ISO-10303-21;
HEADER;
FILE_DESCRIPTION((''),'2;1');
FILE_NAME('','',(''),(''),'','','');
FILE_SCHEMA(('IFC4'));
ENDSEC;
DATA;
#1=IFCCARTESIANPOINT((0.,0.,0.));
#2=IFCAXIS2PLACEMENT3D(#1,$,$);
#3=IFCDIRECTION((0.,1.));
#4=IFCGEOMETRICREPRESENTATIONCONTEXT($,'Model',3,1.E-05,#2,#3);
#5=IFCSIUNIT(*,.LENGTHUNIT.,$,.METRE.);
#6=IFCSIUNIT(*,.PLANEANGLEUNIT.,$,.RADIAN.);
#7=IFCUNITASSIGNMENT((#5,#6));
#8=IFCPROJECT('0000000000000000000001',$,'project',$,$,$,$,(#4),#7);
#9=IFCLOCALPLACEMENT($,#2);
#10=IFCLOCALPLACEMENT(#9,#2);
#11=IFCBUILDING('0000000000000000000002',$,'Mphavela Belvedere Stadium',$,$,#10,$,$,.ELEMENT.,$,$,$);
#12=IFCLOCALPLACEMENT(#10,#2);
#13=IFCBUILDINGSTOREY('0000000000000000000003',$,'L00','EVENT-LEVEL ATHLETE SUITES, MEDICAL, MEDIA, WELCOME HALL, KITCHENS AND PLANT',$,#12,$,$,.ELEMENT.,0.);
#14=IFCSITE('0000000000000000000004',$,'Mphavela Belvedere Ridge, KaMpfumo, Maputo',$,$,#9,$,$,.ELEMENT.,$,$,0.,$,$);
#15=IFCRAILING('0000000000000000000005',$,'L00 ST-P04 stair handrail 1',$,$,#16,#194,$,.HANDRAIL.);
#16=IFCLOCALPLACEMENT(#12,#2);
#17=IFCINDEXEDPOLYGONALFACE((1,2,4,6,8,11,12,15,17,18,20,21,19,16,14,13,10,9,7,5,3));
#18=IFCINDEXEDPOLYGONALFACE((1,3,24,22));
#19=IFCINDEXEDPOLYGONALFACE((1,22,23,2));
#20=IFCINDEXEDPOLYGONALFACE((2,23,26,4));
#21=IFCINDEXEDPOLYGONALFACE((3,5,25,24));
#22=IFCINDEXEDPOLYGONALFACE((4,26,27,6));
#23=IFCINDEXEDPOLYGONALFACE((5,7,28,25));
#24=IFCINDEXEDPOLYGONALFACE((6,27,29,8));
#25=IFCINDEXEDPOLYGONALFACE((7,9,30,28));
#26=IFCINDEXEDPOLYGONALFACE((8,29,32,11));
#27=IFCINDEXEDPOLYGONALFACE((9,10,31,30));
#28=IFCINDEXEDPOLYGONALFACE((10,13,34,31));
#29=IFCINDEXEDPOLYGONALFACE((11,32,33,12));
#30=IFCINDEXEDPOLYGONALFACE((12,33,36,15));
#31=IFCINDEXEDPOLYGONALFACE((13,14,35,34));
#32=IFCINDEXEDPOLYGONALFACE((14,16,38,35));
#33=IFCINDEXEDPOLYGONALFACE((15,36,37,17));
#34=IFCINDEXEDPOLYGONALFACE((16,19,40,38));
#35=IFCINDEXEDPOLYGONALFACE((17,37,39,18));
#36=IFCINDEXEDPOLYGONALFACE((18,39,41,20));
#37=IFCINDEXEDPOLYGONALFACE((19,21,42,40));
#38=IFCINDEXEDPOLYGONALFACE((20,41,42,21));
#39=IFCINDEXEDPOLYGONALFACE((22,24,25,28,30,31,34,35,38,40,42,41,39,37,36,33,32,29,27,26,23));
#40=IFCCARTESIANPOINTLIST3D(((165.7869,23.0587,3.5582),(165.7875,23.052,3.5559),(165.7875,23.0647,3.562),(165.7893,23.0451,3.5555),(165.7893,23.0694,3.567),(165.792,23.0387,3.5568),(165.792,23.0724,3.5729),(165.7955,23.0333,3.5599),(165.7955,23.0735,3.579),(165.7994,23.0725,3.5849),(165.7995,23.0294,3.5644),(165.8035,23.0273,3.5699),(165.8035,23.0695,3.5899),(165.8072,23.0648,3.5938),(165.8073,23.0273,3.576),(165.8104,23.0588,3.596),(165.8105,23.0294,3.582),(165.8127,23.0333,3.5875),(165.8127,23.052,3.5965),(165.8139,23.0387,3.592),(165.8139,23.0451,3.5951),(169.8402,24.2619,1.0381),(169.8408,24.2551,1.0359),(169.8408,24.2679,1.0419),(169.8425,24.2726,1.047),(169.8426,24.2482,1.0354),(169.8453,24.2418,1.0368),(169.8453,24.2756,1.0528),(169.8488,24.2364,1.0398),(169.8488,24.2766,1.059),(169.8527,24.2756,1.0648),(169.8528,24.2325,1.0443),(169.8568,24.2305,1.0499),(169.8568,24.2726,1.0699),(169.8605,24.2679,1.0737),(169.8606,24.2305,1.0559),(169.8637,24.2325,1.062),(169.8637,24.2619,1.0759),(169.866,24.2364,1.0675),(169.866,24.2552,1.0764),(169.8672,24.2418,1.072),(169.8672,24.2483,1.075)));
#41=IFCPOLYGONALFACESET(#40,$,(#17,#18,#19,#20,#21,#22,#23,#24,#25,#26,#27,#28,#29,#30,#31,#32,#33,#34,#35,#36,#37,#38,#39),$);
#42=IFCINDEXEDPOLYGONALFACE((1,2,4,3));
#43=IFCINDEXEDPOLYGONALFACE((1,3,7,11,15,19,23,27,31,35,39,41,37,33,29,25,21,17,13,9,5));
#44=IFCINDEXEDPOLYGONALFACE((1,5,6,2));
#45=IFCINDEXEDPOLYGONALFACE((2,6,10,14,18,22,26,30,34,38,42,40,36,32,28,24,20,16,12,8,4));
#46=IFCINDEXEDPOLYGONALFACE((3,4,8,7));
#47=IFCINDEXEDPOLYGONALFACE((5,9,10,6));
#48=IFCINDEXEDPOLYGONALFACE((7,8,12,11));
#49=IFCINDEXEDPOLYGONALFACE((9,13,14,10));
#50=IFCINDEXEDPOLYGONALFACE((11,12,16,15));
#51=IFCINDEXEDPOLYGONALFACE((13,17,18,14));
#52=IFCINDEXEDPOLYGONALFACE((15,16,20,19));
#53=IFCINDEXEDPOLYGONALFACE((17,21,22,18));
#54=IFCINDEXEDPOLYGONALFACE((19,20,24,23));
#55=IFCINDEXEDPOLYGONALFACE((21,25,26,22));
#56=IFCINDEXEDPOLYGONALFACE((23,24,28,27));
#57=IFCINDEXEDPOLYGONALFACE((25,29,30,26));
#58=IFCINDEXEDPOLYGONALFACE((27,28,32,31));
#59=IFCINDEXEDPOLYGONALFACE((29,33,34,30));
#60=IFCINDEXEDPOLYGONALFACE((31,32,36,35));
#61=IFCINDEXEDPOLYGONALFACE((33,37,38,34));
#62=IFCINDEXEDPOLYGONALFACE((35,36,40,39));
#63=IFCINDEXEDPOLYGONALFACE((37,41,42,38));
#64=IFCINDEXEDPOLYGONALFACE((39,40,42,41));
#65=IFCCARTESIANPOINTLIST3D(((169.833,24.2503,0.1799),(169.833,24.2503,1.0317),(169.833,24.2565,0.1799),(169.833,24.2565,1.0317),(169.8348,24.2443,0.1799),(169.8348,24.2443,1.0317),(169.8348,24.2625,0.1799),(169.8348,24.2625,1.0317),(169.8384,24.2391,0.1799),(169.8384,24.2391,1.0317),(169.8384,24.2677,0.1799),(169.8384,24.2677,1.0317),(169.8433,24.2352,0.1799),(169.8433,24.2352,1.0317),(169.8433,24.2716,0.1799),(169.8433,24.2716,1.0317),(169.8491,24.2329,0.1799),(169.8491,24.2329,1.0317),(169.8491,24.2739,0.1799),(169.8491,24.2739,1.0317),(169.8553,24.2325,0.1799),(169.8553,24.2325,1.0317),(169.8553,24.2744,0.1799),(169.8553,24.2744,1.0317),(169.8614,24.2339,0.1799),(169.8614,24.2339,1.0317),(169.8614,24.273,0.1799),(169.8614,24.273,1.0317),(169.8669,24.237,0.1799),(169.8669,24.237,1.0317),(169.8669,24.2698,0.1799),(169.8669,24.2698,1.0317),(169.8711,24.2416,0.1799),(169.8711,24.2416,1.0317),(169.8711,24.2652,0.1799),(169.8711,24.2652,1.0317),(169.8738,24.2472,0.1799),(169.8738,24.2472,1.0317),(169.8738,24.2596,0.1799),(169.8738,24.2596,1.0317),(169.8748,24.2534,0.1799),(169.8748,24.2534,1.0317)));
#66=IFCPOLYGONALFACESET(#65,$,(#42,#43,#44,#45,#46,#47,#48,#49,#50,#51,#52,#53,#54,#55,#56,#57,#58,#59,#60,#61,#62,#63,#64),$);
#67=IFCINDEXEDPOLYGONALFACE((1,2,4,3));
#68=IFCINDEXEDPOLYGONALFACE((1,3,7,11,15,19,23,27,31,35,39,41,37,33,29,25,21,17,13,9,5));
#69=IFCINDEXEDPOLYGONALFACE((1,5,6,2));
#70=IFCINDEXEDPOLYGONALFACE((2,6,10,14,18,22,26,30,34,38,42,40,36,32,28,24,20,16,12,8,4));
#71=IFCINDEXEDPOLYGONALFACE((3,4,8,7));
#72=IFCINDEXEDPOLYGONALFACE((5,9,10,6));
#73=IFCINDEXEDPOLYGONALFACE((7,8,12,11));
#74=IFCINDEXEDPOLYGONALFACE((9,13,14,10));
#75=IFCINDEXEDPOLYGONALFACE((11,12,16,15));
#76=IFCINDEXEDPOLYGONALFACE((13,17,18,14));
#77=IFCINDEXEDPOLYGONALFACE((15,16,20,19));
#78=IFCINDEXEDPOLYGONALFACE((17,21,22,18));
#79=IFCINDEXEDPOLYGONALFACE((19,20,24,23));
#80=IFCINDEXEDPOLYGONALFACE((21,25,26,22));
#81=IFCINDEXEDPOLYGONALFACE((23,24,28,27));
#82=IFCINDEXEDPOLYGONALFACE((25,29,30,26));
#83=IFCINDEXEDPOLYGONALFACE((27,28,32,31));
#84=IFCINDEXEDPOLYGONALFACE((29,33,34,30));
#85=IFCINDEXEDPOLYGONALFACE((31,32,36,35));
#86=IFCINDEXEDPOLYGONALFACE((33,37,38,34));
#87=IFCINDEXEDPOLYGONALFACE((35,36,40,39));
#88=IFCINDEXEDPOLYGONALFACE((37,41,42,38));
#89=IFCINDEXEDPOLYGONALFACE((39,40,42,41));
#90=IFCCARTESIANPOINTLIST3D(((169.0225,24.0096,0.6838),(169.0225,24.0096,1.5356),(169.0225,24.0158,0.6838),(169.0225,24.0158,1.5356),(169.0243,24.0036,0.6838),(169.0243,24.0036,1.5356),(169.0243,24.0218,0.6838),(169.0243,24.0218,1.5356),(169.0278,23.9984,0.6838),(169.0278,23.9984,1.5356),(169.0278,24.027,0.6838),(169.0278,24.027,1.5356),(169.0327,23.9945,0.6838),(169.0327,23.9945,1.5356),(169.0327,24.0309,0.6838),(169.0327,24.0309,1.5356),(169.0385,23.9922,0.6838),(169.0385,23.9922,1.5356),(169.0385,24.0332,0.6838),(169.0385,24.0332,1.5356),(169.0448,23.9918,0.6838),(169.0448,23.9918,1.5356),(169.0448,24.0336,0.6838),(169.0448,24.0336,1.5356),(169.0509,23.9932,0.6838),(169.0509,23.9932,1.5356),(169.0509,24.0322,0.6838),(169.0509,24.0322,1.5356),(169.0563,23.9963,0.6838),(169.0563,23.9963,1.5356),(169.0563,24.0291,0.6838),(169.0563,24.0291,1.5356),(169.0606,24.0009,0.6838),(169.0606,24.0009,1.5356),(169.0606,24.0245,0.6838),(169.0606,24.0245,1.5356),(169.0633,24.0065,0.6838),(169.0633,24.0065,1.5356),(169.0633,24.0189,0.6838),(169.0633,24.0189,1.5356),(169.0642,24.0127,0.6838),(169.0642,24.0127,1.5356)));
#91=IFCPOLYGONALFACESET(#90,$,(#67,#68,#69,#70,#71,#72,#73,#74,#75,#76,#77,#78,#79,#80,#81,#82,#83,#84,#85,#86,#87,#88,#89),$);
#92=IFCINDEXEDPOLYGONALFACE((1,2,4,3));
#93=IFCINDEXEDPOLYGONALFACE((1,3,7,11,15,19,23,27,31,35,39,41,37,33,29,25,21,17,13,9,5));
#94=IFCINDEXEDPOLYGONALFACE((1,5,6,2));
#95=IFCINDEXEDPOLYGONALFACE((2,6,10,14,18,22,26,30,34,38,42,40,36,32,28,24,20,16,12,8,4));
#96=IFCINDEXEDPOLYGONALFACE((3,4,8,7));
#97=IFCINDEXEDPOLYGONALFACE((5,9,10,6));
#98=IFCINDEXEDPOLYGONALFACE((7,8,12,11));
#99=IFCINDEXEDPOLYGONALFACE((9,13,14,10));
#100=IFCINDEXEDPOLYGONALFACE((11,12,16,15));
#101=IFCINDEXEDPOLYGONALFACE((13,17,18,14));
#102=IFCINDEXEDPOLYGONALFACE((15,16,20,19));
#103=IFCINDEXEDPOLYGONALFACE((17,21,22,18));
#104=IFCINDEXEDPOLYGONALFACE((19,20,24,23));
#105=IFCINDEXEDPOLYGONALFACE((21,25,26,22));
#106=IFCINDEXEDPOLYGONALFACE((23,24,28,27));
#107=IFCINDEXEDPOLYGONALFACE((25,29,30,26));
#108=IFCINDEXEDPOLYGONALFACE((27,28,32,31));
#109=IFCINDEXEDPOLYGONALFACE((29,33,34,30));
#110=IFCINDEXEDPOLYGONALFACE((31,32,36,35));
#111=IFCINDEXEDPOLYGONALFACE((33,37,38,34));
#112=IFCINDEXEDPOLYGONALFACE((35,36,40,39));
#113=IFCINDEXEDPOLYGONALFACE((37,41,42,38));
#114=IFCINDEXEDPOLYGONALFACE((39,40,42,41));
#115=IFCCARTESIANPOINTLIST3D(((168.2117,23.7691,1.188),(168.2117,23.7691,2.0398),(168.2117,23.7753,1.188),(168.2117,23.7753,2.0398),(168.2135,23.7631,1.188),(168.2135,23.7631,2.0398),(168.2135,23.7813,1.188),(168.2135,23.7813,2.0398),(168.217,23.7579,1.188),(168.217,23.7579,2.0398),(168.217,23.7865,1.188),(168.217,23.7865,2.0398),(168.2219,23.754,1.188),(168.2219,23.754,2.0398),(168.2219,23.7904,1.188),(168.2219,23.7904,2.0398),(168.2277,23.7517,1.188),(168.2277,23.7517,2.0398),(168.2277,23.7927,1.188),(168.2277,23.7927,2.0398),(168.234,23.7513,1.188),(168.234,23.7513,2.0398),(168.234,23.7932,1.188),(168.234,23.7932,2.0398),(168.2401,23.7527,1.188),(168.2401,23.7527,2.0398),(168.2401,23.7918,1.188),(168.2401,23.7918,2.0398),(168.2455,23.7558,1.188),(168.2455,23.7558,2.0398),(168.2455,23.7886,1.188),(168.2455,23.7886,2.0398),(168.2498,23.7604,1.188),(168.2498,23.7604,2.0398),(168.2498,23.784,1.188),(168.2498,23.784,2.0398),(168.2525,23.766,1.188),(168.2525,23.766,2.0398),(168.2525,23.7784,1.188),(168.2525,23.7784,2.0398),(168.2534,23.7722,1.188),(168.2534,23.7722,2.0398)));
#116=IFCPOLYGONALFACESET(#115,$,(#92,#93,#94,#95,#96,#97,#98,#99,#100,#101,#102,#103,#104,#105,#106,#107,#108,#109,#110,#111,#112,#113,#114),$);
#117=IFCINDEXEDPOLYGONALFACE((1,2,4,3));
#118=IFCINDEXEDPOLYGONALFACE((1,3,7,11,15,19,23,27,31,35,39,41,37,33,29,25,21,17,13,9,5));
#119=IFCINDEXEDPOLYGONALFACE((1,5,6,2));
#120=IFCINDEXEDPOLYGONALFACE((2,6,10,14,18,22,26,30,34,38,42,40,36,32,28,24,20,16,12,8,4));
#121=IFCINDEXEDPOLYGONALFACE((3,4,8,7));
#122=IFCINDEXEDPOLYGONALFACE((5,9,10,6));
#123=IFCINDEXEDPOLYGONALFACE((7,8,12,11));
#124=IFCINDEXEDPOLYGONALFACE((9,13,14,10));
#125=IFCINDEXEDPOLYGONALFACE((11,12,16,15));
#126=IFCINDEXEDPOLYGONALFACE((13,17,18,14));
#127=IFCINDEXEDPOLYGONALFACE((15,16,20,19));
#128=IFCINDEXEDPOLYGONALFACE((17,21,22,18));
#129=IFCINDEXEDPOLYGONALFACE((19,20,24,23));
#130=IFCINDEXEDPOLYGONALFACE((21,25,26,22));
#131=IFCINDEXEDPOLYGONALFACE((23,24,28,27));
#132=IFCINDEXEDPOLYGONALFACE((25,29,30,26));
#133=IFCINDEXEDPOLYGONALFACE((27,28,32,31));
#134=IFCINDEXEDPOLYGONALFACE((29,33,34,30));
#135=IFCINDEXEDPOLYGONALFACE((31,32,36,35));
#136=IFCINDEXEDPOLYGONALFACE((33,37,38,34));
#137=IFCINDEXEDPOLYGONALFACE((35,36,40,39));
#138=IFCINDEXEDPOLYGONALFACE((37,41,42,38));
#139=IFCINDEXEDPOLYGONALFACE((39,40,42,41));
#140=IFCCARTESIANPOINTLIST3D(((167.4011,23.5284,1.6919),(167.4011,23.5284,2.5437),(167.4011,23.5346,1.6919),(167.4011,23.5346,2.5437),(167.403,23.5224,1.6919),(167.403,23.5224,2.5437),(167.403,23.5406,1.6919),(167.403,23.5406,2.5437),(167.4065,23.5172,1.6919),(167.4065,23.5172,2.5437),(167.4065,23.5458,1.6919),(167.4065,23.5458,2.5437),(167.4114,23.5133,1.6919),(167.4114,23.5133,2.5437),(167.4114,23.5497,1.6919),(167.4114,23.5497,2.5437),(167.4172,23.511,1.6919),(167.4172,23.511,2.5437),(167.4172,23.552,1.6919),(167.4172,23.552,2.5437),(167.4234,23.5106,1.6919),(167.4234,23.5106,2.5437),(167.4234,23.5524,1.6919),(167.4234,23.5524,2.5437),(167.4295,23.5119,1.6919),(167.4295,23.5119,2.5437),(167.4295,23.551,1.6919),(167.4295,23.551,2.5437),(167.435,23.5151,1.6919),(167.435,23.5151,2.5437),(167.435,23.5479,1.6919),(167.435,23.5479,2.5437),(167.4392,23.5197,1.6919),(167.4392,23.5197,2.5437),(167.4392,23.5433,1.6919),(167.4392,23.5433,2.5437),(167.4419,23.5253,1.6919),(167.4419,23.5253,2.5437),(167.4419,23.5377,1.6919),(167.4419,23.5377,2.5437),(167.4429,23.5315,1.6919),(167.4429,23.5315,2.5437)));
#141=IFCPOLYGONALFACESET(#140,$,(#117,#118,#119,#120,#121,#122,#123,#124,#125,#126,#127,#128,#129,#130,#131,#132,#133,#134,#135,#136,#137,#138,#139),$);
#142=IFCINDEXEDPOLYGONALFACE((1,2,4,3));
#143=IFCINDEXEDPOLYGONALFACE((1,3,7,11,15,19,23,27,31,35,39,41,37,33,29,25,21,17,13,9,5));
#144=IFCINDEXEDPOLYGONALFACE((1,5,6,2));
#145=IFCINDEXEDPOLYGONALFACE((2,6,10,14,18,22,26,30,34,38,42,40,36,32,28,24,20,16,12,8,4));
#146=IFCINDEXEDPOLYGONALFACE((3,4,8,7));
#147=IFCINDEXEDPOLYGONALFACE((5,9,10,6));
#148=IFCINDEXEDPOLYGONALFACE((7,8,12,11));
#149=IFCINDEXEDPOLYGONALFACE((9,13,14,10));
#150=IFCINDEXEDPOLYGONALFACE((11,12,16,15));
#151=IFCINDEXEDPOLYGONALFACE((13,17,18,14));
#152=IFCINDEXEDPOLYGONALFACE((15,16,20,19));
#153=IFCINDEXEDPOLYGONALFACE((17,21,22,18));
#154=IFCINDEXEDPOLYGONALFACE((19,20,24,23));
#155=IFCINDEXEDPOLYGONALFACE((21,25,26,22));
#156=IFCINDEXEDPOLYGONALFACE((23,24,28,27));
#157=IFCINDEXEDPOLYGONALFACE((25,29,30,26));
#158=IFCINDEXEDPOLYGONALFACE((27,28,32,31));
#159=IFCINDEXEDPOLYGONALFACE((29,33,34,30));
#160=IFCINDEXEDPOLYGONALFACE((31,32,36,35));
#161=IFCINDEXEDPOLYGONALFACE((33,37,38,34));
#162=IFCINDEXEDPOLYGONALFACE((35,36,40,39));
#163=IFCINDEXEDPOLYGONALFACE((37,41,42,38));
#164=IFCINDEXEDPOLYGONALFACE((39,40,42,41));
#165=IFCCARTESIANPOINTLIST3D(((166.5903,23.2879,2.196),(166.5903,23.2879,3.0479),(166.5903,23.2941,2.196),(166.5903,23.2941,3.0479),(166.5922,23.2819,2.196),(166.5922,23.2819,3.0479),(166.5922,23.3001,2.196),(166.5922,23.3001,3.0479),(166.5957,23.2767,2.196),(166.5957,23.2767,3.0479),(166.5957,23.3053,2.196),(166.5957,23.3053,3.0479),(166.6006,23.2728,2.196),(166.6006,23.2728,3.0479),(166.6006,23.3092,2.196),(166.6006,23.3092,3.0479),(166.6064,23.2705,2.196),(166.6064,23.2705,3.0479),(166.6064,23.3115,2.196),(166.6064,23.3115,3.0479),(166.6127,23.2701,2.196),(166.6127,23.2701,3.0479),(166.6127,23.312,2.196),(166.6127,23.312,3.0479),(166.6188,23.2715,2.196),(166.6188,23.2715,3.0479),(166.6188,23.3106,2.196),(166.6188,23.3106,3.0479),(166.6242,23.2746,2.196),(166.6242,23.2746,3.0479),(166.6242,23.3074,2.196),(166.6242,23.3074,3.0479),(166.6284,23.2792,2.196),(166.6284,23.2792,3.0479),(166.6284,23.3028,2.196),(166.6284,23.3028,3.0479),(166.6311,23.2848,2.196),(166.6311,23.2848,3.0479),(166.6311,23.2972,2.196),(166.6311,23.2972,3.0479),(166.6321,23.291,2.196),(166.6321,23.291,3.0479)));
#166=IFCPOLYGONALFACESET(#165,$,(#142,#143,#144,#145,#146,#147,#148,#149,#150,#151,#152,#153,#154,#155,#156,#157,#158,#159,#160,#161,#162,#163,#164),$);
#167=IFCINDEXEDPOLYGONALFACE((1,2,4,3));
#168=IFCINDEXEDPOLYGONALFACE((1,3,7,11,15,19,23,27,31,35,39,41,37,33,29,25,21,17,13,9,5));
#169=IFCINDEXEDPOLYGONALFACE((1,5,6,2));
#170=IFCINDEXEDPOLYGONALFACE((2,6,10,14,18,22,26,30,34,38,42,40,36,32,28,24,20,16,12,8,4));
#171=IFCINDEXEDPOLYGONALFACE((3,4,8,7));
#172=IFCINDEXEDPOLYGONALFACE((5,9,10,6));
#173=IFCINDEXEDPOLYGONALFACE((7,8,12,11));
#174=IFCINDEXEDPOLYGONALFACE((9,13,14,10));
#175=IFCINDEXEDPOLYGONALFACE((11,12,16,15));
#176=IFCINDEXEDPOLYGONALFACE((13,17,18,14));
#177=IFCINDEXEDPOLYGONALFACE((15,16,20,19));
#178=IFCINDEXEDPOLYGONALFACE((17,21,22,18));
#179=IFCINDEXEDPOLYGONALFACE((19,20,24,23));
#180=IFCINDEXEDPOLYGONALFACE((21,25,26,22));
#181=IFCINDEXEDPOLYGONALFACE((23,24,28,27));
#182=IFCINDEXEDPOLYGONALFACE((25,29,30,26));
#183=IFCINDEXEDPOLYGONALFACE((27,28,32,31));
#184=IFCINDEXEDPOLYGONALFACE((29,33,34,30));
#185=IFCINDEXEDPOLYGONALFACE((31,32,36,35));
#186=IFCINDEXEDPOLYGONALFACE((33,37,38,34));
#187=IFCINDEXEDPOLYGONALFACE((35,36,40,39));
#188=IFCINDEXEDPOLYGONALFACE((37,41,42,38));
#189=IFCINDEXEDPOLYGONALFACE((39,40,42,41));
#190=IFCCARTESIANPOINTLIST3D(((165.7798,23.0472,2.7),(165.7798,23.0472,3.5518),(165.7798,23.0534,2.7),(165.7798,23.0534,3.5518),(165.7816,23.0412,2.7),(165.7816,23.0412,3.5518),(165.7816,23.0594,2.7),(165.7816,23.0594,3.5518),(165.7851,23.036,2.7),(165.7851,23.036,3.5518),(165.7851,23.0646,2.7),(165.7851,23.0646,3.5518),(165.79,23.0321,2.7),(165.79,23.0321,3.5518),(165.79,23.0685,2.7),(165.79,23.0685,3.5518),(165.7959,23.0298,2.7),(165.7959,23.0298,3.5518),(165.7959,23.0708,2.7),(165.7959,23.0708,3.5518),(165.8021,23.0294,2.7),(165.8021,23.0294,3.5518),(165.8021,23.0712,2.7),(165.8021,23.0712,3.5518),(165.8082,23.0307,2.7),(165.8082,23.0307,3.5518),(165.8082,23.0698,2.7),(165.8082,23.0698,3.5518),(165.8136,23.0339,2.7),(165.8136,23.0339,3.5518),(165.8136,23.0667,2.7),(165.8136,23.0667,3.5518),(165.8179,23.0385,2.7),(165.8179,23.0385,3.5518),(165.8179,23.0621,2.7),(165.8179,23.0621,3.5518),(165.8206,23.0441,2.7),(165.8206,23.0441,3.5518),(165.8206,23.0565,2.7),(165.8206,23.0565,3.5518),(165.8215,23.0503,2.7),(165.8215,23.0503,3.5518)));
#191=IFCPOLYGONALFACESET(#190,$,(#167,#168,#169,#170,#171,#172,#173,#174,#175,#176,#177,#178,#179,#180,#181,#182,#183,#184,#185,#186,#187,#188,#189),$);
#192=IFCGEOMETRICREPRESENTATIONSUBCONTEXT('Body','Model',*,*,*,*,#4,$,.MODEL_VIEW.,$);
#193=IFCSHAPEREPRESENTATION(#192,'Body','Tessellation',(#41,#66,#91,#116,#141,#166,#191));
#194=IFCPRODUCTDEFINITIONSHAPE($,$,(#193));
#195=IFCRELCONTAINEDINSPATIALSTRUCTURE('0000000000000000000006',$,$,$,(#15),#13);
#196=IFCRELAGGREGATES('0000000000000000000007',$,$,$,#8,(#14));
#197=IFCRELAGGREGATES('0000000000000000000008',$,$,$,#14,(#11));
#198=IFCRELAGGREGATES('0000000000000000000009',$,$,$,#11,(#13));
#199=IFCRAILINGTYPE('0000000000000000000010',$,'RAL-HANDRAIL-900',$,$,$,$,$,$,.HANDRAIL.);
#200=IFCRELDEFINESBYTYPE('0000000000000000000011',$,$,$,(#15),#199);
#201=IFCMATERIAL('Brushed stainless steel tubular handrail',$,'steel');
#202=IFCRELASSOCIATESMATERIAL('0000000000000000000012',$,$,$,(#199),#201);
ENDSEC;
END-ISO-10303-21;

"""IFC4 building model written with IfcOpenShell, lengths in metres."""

from ifc_helpers import new_model, si_unit, direction, frame, origin, origin_2d, place, context, subcontext, project, spatial, circle, extrude, material, type_object, element, save


model = new_model("IFC4")

# Units and contexts
model_context = context("Model", 3, precision=1e-05, world=origin(), true_north=direction((0.0, 1.0)))
body_context = subcontext(model_context, "Body", "Model", "MODEL_VIEW")
ifc_project = project(units=[si_unit("LENGTHUNIT", "METRE"), si_unit("PLANEANGLEUNIT", "RADIAN")], contexts=[model_context])

# Site, building, storey
site_placement = place(None, origin())
site = spatial("IfcSite", under=ifc_project, at=site_placement, Name="Mphavela Belvedere Ridge, KaMpfumo, Maputo", CompositionType="ELEMENT", RefElevation=0.0)
building_placement = place(site_placement, origin())
building = spatial("IfcBuilding", under=site, at=building_placement, Name="Mphavela Belvedere Stadium", CompositionType="ELEMENT")
storey_placement = place(building_placement, origin())
storey = spatial("IfcBuildingStorey", under=building, at=storey_placement, Name="L00", Description="EVENT-LEVEL ATHLETE SUITES, MEDICAL, MEDIA, WELCOME HALL, KITCHENS AND PLANT", CompositionType="ELEMENT", Elevation=0.0)

# Railing
ifc_material_1 = material(Name="Brushed stainless steel tubular handrail", Category="steel")
railing_type = type_object("IfcRailingType", Name="RAL-HANDRAIL-900", PredefinedType="HANDRAIL", material=ifc_material_1)
railing_placement = place(storey_placement, frame((169.8538, 24.2534, 0.1799)))
element("IfcRailing", 1, at=railing_placement, inside=storey, type_object=railing_type, Name="L00 ST-P04 stair handrail 1", PredefinedType="HANDRAIL", context=body_context, shape_type="SweptSolid", body=[
    extrude(circle(Radius=0.0239, at=origin_2d()), frame((0.0, 0.0, 0.876), z_axis=(-0.823482, -0.244436, 0.511985), x_axis=(0.28456, -0.958658, 0.0)), (0.0, 0.0, 1.0), 4.9221),
    extrude(circle(Radius=0.021, at=origin_2d()), origin(), (0.0, 0.0, 1.0), 0.8518),
    extrude(circle(Radius=0.021, at=origin_2d()), frame((-0.8105, -0.2407, 0.5039)), (0.0, 0.0, 1.0), 0.8518),
    extrude(circle(Radius=0.021, at=origin_2d()), frame((-1.6213, -0.4812, 1.0081)), (0.0, 0.0, 1.0), 0.8518),
    extrude(circle(Radius=0.021, at=origin_2d()), frame((-2.4319, -0.7219, 1.512)), (0.0, 0.0, 1.0), 0.8518),
    extrude(circle(Radius=0.021, at=origin_2d()), frame((-3.2427, -0.9624, 2.0161)), (0.0, 0.0, 1.0), 0.8518),
    extrude(circle(Radius=0.021, at=origin_2d()), frame((-4.0532, -1.2031, 2.52)), (0.0, 0.0, 1.0), 0.8518),
])

save(model, "model.ifc")
